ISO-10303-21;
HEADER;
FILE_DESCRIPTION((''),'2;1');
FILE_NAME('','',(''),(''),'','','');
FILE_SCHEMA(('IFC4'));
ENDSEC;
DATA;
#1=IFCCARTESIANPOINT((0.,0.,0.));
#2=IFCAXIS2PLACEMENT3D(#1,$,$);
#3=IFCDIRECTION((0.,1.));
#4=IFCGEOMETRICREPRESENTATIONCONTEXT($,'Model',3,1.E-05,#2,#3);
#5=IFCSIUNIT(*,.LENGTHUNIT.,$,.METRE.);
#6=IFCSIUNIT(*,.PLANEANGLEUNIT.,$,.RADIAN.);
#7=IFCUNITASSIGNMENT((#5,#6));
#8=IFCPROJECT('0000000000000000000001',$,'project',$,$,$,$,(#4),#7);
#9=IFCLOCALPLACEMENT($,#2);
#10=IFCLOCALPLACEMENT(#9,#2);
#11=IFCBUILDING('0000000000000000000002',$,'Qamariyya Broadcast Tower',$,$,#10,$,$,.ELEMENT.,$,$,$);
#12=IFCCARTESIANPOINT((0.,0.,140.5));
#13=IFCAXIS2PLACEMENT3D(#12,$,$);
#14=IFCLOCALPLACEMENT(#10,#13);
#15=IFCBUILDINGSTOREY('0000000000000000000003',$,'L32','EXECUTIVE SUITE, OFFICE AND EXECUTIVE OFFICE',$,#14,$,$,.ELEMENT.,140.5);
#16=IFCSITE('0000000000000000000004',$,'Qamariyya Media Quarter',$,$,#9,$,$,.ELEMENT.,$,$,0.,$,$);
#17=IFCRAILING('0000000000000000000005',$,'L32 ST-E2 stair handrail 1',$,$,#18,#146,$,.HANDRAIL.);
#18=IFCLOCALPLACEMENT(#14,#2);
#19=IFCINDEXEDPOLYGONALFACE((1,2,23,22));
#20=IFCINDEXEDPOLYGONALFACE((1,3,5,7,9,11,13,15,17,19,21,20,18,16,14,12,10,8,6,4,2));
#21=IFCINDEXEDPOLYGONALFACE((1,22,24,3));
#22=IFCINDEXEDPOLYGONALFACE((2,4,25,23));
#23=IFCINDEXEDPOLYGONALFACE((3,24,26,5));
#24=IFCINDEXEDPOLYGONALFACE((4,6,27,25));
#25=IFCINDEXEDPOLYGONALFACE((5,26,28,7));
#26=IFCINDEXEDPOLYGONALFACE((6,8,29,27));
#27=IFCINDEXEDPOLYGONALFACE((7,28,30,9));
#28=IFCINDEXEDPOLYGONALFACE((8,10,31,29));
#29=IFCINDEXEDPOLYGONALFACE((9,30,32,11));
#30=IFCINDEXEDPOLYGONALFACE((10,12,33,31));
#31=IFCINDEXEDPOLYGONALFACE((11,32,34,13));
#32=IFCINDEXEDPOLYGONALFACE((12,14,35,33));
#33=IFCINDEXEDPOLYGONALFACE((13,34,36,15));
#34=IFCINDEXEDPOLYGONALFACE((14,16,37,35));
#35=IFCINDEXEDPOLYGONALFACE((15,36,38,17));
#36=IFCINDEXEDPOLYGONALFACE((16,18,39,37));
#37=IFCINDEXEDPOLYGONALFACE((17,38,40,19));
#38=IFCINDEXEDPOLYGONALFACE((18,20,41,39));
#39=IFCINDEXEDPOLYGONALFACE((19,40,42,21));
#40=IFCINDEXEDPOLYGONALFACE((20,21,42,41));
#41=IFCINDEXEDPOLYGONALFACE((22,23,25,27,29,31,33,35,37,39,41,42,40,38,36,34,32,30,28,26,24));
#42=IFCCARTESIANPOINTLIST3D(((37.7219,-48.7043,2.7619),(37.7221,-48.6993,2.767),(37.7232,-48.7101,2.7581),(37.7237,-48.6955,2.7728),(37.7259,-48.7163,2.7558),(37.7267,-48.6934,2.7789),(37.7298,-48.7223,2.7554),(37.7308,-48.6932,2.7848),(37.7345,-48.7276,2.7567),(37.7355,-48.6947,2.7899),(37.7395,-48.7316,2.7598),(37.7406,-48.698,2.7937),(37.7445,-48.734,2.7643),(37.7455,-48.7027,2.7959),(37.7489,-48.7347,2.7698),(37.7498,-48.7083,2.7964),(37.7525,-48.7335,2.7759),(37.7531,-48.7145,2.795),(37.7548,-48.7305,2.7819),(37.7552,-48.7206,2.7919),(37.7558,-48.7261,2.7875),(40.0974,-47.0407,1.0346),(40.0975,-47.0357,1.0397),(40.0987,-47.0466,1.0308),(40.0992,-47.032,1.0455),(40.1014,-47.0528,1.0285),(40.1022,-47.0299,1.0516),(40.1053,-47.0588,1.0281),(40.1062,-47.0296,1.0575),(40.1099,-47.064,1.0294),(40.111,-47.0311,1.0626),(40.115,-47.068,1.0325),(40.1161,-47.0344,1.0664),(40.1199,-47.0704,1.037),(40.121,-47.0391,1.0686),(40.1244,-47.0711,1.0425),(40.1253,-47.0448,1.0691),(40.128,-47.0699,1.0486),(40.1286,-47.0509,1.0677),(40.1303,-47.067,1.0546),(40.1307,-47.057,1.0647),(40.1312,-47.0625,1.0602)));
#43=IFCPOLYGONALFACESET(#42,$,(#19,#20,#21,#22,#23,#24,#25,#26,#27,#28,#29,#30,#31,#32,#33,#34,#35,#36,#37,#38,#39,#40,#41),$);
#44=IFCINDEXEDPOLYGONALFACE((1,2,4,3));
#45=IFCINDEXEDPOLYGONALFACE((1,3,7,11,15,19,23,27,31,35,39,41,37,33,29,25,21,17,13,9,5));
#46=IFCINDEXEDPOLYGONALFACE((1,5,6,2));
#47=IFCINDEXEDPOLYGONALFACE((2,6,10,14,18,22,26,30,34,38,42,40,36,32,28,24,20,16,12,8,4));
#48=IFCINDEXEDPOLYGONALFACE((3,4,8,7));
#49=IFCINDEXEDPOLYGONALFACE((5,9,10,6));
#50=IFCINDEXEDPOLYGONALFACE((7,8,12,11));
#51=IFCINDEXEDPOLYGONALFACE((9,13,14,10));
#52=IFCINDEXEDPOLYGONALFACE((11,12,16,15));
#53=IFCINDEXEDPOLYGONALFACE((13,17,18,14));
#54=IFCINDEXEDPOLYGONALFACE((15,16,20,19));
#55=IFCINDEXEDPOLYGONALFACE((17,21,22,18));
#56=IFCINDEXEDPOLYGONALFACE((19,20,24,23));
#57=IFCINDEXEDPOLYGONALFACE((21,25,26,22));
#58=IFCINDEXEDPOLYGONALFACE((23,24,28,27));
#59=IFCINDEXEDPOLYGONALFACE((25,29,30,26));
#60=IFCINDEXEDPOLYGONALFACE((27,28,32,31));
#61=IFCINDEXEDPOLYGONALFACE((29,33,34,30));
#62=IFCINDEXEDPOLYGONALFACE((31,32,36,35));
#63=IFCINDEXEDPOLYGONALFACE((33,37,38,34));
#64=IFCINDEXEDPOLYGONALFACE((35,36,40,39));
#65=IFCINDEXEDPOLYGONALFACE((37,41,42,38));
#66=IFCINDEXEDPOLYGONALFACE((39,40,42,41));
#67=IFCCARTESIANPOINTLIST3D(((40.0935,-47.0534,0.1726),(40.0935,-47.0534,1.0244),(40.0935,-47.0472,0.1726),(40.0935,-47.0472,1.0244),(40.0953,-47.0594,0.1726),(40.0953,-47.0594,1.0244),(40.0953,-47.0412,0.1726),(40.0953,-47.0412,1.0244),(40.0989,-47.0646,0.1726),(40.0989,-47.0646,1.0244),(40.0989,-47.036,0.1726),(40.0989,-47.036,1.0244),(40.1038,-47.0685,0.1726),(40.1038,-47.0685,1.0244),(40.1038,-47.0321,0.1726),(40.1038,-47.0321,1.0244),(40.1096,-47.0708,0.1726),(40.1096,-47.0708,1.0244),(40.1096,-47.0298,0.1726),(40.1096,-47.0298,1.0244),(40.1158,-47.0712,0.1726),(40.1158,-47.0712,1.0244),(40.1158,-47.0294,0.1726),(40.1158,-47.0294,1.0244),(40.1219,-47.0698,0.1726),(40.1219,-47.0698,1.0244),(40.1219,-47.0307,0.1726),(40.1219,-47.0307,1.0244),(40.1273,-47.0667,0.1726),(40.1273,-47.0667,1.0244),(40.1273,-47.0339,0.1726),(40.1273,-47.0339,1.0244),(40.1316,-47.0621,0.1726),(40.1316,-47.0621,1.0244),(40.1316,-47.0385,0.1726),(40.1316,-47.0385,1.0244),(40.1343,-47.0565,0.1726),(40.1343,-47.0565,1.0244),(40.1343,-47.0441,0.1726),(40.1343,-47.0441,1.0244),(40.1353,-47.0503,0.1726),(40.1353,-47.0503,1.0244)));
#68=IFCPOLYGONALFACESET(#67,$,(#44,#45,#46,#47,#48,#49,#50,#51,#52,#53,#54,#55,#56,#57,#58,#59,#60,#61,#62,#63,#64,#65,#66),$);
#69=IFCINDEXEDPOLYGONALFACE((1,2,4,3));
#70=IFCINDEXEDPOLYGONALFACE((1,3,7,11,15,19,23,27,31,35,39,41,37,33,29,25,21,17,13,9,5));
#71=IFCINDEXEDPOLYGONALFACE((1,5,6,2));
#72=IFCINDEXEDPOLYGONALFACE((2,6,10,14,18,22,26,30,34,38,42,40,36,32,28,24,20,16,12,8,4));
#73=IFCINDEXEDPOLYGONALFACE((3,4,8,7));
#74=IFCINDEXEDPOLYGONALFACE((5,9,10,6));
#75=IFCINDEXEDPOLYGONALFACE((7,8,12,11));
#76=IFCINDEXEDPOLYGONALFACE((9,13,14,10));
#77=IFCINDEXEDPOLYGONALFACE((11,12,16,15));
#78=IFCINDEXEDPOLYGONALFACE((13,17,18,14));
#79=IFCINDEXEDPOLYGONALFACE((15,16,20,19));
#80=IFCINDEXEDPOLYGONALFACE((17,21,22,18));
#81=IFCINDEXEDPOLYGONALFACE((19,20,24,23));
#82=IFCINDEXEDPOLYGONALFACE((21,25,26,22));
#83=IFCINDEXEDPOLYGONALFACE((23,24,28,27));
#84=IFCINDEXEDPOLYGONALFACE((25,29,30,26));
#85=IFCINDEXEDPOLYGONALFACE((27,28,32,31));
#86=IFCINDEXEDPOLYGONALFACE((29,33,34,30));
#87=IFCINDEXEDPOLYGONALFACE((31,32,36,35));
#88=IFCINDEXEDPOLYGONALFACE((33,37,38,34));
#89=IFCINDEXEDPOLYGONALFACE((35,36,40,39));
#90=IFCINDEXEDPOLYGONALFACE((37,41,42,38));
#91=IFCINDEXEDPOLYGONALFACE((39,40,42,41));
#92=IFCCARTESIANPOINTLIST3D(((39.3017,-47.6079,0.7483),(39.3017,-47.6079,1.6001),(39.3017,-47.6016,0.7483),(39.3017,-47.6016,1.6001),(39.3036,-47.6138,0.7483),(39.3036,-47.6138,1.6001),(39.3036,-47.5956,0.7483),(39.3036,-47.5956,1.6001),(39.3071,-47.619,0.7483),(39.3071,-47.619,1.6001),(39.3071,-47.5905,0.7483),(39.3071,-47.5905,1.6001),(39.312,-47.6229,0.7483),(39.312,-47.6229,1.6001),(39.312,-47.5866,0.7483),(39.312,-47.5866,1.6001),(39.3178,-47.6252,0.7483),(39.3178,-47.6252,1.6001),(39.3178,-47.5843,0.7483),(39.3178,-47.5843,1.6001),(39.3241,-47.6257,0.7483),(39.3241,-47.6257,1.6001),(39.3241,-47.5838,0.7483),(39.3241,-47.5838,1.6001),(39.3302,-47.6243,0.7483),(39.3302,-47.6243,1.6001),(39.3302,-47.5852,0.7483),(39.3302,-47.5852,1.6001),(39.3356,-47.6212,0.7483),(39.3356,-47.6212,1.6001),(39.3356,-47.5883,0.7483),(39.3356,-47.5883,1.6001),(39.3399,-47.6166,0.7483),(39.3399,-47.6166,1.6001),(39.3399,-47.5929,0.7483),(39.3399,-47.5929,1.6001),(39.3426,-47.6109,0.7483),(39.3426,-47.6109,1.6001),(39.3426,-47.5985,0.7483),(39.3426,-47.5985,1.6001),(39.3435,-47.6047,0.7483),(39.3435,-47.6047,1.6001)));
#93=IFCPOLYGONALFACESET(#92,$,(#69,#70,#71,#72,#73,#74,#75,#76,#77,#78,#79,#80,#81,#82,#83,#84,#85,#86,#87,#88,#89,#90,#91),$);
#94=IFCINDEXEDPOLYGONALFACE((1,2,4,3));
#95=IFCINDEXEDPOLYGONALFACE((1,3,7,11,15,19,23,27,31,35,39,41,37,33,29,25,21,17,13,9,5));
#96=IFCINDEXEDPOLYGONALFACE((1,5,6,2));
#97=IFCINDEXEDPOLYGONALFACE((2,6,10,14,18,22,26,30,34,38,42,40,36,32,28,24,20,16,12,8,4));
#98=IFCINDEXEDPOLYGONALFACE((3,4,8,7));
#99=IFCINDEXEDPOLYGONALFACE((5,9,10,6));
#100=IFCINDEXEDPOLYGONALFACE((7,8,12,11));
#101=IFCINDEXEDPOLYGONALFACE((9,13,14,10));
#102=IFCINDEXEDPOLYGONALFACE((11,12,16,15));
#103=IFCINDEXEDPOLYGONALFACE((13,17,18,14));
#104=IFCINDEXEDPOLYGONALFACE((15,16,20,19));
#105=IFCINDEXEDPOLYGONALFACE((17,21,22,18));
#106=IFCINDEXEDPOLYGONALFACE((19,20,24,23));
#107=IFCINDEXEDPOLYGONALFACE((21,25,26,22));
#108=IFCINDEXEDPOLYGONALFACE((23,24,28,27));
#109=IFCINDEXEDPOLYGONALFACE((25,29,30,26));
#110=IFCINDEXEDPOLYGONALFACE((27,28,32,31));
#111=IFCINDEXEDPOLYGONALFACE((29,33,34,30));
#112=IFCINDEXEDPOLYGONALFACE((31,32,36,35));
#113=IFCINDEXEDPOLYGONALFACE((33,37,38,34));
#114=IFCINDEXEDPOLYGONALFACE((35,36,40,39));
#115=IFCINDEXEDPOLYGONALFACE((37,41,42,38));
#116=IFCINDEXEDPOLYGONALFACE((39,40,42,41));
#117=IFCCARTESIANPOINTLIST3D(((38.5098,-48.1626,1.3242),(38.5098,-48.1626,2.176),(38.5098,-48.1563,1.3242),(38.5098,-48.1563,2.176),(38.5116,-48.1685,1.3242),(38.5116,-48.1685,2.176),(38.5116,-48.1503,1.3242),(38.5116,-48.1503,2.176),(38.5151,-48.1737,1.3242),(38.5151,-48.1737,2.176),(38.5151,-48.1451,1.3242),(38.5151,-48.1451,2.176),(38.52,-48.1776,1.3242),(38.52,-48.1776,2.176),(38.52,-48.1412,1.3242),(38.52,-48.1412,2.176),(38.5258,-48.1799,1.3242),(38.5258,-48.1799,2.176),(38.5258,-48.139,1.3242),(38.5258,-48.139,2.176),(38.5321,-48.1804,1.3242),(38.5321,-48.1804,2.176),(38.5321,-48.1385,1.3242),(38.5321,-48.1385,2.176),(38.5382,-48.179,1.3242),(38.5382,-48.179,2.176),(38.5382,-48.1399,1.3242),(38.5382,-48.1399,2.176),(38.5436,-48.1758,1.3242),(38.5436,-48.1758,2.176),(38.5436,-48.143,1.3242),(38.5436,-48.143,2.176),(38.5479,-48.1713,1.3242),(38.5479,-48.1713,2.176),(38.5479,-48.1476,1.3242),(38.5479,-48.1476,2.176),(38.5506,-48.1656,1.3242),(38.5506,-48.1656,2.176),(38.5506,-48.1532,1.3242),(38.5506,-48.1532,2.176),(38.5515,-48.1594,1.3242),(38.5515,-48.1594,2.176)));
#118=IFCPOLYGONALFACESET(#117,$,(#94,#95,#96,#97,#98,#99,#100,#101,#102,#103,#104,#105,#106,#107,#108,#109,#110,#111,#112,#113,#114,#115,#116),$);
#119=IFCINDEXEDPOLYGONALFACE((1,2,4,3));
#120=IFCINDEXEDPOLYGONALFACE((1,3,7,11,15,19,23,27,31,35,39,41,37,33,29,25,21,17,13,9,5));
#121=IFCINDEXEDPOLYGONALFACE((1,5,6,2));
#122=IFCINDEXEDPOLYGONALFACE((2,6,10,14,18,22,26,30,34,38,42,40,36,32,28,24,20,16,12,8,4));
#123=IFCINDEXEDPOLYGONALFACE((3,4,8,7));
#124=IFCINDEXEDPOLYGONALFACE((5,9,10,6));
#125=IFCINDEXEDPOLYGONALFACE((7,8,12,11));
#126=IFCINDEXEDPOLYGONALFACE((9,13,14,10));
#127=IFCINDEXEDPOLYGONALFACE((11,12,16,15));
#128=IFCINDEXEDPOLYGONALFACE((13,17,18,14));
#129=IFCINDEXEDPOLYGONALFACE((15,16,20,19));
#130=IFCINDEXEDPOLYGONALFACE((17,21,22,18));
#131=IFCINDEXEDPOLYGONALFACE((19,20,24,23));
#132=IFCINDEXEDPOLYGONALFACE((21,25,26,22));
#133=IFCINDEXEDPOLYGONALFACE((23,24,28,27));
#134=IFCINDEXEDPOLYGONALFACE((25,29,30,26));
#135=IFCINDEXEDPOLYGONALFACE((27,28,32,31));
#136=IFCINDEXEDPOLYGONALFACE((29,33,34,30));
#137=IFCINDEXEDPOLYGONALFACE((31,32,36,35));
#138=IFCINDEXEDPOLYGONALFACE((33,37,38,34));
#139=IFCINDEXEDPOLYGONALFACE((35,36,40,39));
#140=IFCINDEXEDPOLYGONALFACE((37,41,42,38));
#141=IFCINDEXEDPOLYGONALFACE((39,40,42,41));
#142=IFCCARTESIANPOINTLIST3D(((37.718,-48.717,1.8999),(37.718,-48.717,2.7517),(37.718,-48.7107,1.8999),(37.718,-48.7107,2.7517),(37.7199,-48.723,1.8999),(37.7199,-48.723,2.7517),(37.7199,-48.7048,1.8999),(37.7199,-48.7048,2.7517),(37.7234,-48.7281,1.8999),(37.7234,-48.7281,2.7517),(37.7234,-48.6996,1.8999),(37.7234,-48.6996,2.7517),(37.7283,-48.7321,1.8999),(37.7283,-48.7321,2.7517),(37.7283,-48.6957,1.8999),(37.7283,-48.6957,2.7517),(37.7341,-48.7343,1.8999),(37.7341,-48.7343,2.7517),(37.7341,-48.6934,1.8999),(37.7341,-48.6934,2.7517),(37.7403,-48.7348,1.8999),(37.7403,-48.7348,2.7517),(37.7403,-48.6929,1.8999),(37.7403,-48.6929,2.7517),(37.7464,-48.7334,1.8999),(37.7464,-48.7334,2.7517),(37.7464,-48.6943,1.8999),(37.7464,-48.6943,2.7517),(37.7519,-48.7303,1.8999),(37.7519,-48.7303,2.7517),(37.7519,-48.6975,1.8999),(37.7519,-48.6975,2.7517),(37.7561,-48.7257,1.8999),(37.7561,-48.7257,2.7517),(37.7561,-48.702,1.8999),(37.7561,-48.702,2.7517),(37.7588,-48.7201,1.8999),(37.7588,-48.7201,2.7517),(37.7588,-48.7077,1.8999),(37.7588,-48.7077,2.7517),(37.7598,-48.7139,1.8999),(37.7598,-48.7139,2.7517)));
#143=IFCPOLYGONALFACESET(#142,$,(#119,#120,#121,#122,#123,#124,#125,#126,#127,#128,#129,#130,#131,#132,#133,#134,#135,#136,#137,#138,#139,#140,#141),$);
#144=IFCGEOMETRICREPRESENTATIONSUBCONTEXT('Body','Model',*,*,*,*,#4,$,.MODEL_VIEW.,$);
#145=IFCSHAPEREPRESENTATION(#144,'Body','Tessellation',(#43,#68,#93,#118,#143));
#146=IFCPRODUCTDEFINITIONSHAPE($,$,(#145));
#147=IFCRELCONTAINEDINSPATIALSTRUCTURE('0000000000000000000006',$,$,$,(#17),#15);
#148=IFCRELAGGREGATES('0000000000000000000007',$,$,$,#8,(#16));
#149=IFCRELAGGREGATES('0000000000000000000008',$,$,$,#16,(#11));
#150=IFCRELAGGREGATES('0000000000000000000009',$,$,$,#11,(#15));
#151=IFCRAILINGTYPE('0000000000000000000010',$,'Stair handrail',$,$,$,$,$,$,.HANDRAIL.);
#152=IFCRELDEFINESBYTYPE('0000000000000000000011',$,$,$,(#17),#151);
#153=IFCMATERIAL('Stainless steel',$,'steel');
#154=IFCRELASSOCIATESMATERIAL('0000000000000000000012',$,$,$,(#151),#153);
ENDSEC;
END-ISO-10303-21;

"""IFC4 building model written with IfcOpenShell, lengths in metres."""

from ifc_helpers import new_model, si_unit, direction, frame, origin, origin_2d, place, context, subcontext, project, spatial, circle, extrude, material, type_object, element, save


model = new_model("IFC4")

# Units and contexts
model_context = context("Model", 3, precision=1e-05, world=origin(), true_north=direction((0.0, 1.0)))
body_context = subcontext(model_context, "Body", "Model", "MODEL_VIEW")
ifc_project = project(units=[si_unit("LENGTHUNIT", "METRE"), si_unit("PLANEANGLEUNIT", "RADIAN")], contexts=[model_context])

# Site, building, storey
site_placement = place(None, origin())
site = spatial("IfcSite", under=ifc_project, at=site_placement, Name="Qamariyya Media Quarter", CompositionType="ELEMENT", RefElevation=0.0)
building_placement = place(site_placement, origin())
building = spatial("IfcBuilding", under=site, at=building_placement, Name="Qamariyya Broadcast Tower", CompositionType="ELEMENT")
storey_placement = place(building_placement, frame((0.0, 0.0, 140.5)))
storey = spatial("IfcBuildingStorey", under=building, at=storey_placement, Name="L32", Description="EXECUTIVE SUITE, OFFICE AND EXECUTIVE OFFICE", CompositionType="ELEMENT", Elevation=140.5)

# Railing
ifc_material_1 = material(Name="Stainless steel", Category="steel")
railing_type_1 = type_object("IfcRailingType", Name="Stair handrail", PredefinedType="HANDRAIL", material=ifc_material_1)
railing_1_placement = place(storey_placement, frame((40.1143, -47.0503, 0.1726)))
element("IfcRailing", 1, at=railing_1_placement, inside=storey, type_object=railing_type_1, Name="L32 ST-E2 stair handrail 1", PredefinedType="HANDRAIL", context=body_context, shape_type="SweptSolid", body=[
    extrude(circle(Radius=0.0239, at=origin_2d()), frame((0.0, 0.0, 0.876), z_axis=(-0.703745, -0.492838, 0.511716), x_axis=(0.573632, -0.819113, 0.0)), (0.0, 0.0, 1.0), 3.3755),
    extrude(circle(Radius=0.021, at=origin_2d()), origin(), (0.0, 0.0, 1.0), 0.8518),
    extrude(circle(Radius=0.021, at=origin_2d()), frame((-0.7917, -0.5544, 0.5757)), (0.0, 0.0, 1.0), 0.8518),
    extrude(circle(Radius=0.021, at=origin_2d()), frame((-1.5837, -1.1091, 1.1516)), (0.0, 0.0, 1.0), 0.8518),
    extrude(circle(Radius=0.021, at=origin_2d()), frame((-2.3755, -1.6636, 1.7273)), (0.0, 0.0, 1.0), 0.8518),
])

save(model, "model.ifc")
